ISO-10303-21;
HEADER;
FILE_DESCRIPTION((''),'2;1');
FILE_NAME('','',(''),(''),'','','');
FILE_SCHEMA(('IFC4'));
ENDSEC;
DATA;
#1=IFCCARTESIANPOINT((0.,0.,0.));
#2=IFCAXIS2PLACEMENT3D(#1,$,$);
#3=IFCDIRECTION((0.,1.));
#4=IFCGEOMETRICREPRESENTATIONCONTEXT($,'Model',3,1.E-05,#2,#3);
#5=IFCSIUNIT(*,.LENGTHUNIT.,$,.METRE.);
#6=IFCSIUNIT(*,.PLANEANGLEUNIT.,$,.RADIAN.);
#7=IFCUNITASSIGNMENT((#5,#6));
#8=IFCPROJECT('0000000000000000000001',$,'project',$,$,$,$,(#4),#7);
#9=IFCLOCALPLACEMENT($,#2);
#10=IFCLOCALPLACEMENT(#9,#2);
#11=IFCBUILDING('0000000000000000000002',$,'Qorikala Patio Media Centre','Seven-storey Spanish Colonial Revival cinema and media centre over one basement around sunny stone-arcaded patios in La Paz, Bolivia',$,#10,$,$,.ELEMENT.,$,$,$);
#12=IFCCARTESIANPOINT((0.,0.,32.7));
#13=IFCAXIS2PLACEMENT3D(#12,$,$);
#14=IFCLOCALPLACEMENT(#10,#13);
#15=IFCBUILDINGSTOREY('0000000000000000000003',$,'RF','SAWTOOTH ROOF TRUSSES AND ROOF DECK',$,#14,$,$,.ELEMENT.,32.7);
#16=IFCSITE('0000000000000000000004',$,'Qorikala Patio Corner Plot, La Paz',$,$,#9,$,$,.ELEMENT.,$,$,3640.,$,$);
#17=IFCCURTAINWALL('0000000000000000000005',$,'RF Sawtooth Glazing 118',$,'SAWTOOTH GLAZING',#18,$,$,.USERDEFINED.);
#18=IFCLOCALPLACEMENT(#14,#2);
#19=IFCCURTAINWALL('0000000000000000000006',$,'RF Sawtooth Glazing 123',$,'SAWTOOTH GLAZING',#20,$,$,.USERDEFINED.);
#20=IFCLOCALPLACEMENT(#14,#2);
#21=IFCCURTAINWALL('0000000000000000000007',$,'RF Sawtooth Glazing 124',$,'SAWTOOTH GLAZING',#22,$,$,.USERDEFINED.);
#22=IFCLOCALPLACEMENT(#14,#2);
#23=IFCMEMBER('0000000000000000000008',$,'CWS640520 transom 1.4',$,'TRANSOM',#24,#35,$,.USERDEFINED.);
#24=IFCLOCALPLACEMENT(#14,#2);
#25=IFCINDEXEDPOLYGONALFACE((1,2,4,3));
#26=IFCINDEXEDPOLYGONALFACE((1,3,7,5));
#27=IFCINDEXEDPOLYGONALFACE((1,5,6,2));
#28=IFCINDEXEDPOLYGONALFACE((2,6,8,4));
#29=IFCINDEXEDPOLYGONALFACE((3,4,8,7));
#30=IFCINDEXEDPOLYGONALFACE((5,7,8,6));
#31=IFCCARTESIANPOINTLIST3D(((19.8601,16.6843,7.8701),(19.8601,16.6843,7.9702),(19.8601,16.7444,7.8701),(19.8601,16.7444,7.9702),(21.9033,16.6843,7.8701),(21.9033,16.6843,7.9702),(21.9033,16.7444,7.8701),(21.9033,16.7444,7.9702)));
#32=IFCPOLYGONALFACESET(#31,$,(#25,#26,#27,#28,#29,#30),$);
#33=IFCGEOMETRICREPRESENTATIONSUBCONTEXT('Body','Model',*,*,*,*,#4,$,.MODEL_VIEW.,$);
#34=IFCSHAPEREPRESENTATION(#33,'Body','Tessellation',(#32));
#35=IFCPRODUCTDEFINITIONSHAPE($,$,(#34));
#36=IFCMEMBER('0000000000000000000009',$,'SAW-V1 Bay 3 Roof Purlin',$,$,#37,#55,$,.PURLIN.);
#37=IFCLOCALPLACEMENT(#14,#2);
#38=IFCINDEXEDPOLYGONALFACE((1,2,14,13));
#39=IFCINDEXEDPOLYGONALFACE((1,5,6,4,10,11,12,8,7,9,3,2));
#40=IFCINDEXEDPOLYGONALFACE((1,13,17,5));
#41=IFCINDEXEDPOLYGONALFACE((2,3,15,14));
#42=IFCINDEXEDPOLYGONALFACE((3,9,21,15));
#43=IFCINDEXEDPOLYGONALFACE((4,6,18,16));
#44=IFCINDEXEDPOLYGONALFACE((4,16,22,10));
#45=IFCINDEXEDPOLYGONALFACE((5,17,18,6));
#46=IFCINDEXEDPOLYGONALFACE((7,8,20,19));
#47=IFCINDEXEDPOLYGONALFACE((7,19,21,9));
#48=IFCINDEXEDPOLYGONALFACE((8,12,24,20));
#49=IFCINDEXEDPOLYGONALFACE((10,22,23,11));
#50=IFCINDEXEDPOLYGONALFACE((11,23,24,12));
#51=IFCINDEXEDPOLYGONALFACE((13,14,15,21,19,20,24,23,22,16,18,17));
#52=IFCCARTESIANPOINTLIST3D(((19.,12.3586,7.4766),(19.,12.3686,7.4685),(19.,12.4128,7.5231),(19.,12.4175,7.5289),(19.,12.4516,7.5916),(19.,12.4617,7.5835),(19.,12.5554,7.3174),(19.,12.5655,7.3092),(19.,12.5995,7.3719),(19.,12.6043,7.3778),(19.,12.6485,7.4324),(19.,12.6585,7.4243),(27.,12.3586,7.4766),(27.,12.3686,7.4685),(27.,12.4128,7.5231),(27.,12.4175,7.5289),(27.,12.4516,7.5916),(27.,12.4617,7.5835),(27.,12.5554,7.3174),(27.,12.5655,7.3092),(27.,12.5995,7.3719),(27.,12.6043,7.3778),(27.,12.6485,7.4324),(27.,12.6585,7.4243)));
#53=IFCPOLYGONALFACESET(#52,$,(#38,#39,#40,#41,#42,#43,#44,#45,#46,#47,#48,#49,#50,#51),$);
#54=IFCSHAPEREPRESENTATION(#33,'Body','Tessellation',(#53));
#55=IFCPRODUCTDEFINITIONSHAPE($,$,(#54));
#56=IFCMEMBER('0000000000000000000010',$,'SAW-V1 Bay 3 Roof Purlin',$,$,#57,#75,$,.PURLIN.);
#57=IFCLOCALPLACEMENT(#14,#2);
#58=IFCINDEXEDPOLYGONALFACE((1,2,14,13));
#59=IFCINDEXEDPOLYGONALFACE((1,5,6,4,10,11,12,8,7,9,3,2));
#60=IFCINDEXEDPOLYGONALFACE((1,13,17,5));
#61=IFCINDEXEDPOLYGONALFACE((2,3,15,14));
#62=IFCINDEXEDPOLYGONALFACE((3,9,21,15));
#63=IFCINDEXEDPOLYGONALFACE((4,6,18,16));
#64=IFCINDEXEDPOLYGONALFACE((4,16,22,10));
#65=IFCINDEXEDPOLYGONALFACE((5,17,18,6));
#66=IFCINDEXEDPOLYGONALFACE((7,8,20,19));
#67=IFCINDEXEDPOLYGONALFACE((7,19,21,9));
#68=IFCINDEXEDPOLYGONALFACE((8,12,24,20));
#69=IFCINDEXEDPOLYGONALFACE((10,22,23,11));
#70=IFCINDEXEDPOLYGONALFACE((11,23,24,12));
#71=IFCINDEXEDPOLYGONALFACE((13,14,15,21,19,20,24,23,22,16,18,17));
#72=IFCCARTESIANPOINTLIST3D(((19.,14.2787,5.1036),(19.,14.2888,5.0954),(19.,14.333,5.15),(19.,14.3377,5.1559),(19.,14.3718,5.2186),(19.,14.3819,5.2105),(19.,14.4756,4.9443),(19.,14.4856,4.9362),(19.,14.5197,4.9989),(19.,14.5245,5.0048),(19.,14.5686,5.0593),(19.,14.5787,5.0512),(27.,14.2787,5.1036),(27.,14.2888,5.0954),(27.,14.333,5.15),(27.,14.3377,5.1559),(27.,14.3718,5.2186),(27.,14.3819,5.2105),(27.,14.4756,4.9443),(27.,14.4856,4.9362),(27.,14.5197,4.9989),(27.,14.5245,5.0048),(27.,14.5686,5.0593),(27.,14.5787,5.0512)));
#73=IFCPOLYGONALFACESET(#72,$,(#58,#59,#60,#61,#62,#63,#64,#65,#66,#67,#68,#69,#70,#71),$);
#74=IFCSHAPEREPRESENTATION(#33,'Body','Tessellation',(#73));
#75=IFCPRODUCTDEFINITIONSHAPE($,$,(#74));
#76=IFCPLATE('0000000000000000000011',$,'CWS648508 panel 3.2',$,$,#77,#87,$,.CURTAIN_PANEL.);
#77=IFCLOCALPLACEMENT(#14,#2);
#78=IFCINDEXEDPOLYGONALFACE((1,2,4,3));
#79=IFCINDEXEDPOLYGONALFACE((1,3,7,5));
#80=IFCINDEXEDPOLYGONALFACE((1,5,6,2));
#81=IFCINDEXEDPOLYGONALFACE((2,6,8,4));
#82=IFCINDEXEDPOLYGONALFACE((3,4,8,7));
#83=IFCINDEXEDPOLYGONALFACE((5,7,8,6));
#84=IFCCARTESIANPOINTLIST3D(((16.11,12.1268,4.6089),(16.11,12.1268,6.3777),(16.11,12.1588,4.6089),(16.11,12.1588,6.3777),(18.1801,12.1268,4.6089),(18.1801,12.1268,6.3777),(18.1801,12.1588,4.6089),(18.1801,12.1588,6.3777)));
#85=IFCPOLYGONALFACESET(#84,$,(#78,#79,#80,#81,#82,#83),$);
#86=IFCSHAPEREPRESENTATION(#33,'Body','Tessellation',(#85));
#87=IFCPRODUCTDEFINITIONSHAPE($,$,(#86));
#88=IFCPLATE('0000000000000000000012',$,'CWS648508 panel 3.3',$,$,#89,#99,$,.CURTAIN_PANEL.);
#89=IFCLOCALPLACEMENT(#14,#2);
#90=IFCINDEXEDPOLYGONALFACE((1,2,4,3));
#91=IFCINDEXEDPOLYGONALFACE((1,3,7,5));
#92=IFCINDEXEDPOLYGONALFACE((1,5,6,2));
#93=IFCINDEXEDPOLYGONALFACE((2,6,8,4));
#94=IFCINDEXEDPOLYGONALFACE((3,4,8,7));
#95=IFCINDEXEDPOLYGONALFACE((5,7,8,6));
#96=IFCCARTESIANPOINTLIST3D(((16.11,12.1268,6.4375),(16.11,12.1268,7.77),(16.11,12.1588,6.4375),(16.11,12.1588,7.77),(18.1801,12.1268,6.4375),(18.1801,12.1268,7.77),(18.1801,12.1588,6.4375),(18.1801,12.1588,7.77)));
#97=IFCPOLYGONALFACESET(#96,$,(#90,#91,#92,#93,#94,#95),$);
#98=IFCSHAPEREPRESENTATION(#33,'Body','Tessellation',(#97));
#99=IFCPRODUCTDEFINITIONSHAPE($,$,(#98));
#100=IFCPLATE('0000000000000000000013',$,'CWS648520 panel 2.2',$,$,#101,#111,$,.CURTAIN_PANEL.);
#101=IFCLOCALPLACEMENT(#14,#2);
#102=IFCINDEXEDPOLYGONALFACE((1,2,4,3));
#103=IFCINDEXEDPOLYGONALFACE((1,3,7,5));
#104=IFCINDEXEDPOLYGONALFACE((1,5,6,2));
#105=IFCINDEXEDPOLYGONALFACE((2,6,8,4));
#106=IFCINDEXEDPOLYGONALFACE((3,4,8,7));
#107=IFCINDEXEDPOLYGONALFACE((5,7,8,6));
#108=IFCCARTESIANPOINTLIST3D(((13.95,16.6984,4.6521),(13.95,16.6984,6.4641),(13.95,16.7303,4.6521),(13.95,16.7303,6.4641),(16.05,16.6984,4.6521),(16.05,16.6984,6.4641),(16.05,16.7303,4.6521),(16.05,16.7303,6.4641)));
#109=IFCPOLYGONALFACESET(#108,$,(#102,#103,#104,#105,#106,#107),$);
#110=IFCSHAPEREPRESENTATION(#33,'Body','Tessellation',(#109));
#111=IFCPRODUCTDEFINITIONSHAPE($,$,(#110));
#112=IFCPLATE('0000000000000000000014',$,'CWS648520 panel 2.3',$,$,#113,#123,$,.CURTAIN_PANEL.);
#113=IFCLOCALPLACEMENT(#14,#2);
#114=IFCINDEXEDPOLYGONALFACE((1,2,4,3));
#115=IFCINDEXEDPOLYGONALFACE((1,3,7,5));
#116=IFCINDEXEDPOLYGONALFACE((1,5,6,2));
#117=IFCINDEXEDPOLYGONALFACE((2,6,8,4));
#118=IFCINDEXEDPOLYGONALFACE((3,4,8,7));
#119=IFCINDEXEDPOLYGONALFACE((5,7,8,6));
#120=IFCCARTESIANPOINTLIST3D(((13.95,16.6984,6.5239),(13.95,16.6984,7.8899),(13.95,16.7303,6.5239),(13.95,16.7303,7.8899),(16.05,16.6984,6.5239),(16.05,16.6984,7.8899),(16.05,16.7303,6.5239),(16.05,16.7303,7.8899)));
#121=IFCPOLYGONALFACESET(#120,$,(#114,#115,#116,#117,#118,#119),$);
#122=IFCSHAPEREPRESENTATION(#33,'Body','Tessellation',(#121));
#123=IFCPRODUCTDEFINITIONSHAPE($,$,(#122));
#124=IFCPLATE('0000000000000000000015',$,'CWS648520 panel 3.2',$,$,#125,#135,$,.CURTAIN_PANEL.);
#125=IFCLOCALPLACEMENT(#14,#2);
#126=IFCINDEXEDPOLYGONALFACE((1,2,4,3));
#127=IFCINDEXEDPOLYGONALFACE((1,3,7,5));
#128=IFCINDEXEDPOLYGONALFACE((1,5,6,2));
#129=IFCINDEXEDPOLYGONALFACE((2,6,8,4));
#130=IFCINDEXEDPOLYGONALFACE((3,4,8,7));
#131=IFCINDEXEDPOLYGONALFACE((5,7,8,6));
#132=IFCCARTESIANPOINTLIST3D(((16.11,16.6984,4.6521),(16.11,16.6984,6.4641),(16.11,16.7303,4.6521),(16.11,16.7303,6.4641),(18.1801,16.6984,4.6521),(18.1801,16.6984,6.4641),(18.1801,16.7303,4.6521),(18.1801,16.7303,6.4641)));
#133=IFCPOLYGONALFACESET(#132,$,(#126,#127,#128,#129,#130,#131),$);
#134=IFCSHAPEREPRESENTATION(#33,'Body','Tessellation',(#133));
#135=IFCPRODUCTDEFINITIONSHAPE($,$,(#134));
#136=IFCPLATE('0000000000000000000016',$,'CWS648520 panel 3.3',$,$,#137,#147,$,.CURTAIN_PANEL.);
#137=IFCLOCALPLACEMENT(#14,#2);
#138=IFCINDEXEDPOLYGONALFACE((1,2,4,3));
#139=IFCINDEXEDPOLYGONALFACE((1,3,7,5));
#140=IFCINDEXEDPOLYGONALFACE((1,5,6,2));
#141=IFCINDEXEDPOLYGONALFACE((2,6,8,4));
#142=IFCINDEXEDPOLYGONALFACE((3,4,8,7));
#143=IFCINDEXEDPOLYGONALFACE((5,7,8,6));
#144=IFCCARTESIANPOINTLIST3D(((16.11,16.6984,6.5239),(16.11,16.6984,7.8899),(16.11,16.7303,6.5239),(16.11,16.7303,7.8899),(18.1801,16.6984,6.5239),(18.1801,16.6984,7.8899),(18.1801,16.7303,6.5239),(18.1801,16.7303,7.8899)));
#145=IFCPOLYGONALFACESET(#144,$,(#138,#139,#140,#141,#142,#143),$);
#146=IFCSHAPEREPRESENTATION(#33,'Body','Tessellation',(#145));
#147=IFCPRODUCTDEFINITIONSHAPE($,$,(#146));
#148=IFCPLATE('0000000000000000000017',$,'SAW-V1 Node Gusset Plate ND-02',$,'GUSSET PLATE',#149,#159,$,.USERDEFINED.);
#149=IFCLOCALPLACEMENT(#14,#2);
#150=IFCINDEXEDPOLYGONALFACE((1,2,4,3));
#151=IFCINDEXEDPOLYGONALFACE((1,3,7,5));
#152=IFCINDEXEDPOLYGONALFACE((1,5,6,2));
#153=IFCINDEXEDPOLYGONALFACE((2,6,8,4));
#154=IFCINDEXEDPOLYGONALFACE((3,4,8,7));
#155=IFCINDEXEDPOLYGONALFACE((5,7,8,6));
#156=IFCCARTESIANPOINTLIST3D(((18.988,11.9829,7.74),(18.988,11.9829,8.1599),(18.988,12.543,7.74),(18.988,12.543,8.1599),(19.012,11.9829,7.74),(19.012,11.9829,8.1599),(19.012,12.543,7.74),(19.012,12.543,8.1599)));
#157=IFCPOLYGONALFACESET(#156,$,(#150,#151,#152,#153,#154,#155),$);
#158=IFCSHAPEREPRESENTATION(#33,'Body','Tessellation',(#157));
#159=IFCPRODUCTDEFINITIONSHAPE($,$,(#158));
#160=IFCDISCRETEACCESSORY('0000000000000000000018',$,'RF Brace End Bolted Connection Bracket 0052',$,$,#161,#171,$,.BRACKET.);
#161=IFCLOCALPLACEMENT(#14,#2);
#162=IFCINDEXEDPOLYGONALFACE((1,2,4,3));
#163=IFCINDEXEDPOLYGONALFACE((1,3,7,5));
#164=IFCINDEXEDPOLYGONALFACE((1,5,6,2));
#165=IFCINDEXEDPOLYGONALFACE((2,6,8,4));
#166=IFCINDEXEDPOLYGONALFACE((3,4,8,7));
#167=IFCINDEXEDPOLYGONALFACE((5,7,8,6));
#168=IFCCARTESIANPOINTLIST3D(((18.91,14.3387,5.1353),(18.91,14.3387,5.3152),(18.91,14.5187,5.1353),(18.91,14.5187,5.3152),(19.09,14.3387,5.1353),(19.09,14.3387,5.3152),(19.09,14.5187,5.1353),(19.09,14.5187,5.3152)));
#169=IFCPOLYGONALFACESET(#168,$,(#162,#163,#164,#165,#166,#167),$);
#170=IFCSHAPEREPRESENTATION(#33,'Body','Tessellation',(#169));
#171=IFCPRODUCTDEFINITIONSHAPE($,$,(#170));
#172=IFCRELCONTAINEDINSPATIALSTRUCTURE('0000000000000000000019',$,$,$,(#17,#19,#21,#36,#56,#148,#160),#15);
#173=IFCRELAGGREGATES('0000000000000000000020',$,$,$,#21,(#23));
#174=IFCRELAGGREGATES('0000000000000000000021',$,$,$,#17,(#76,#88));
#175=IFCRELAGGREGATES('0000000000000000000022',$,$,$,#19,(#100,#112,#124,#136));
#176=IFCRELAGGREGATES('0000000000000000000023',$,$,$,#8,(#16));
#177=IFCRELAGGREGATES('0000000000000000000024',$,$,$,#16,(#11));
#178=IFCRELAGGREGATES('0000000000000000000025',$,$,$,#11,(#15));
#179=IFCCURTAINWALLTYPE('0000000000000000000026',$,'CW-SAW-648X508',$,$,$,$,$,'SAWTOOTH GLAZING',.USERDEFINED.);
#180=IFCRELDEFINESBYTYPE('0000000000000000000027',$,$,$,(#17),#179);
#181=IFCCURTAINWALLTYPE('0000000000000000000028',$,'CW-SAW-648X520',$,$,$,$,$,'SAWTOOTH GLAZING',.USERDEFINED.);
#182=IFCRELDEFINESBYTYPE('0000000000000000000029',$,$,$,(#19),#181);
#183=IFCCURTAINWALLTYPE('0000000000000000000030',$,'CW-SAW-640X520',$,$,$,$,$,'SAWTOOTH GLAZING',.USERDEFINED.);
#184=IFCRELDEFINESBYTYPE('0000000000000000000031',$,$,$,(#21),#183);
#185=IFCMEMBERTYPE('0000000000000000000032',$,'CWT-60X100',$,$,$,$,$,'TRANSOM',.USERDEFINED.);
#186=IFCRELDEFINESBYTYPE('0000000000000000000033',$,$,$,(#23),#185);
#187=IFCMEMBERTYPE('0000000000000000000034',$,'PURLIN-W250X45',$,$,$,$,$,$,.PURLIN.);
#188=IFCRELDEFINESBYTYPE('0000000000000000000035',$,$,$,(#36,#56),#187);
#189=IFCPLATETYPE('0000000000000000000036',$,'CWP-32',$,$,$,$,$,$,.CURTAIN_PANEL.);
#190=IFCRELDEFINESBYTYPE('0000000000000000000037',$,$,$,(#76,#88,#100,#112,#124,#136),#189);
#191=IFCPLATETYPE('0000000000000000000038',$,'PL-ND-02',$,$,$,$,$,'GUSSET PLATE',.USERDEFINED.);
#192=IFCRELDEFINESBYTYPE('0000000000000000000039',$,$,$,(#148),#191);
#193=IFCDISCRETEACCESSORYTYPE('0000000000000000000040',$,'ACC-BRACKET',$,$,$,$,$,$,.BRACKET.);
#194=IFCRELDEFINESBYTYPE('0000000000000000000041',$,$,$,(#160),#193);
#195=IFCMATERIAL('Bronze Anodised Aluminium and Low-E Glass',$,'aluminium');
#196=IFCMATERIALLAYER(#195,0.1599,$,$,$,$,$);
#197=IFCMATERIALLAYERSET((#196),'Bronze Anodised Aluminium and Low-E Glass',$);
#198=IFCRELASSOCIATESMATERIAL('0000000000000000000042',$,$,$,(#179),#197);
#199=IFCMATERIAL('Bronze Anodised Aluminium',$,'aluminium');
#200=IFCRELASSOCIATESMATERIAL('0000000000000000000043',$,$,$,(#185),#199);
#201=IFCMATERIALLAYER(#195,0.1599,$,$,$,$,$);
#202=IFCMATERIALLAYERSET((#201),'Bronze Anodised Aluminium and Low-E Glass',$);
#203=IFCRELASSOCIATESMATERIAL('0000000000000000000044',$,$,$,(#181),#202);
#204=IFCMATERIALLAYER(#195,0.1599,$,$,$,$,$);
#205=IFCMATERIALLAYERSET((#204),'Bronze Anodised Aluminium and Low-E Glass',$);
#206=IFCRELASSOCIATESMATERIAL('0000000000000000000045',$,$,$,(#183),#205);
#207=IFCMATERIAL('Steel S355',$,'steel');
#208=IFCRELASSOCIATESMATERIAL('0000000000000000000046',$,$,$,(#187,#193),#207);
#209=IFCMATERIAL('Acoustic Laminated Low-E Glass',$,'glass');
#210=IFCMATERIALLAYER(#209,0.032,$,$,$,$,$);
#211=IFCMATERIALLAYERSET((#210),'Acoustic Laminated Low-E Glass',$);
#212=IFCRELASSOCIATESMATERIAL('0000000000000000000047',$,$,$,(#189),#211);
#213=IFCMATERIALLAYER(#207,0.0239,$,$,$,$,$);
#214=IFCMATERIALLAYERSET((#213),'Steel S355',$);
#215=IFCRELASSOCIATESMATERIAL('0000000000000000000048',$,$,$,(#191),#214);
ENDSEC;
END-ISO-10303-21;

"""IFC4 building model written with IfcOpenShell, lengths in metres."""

from ifc_helpers import new_model, si_unit, direction, frame, origin, origin_2d, place, context, subcontext, project, spatial, rectangle, i_section, extrude, material, layer, layer_set, material_profile, profile_set, type_object, element, aggregate, save


model = new_model("IFC4")

# Units and contexts
model_context = context("Model", 3, precision=1e-05, world=origin(), true_north=direction((0.0, 1.0)))
body_context = subcontext(model_context, "Body", "Model", "MODEL_VIEW")
ifc_project = project(units=[si_unit("LENGTHUNIT", "METRE"), si_unit("PLANEANGLEUNIT", "RADIAN")], contexts=[model_context])

# Site, building, storey
site_placement = place(None, origin())
site = spatial("IfcSite", under=ifc_project, at=site_placement, Name="Qorikala Patio Corner Plot, La Paz", CompositionType="ELEMENT", RefElevation=3640.0)
building_placement = place(site_placement, origin())
building = spatial("IfcBuilding", under=site, at=building_placement, Name="Qorikala Patio Media Centre", Description="Seven-storey Spanish Colonial Revival cinema and media centre over one basement around sunny stone-arcaded patios in La Paz, Bolivia", CompositionType="ELEMENT")
storey_placement = place(building_placement, frame((0.0, 0.0, 32.7)))
storey = spatial("IfcBuildingStorey", under=building, at=storey_placement, Name="RF", Description="SAWTOOTH ROOF TRUSSES AND ROOF DECK", CompositionType="ELEMENT", Elevation=32.7)

# Shared definitions
ifc_material_1 = material(Name="Steel S355", Category="steel")

# Curtain walls, member
ifc_material_2 = material(Name="Bronze Anodised Aluminium and Low-E Glass", Category="aluminium")
ifc_layer_1 = layer(ifc_material_2, 0.1599)
ifc_layer_set_1 = layer_set([ifc_layer_1], Name="Bronze Anodised Aluminium and Low-E Glass")
curtain_wall_type_1 = type_object("IfcCurtainWallType", Name="CW-SAW-648X508", ElementType="SAWTOOTH GLAZING", PredefinedType="USERDEFINED", material=ifc_layer_set_1)
curtain_wall_1_placement = place(storey_placement, origin())
curtain_wall_1 = element("IfcCurtainWall", 1, at=curtain_wall_1_placement, inside=storey, type_object=curtain_wall_type_1, Name="RF Sawtooth Glazing 118", ObjectType="SAWTOOTH GLAZING", PredefinedType="USERDEFINED")
ifc_material_3 = material(Name="Bronze Anodised Aluminium", Category="aluminium")
ifc_material_profile_1 = material_profile(ifc_material_3, rectangle(XDim=0.0601, YDim=0.1001, at=origin_2d()), Name="ALU TRANSOM 60x100")
ifc_profile_set_1 = profile_set([ifc_material_profile_1], Name="Bronze Anodised Aluminium")
member_type_1 = type_object("IfcMemberType", Name="CWT-60X100", ElementType="TRANSOM", PredefinedType="USERDEFINED", material=ifc_profile_set_1)
ifc_layer_2 = layer(ifc_material_2, 0.1599)
ifc_layer_set_2 = layer_set([ifc_layer_2], Name="Bronze Anodised Aluminium and Low-E Glass")
curtain_wall_type_2 = type_object("IfcCurtainWallType", Name="CW-SAW-648X520", ElementType="SAWTOOTH GLAZING", PredefinedType="USERDEFINED", material=ifc_layer_set_2)
curtain_wall_2_placement = place(storey_placement, origin())
curtain_wall_2 = element("IfcCurtainWall", 2, at=curtain_wall_2_placement, inside=storey, type_object=curtain_wall_type_2, Name="RF Sawtooth Glazing 123", ObjectType="SAWTOOTH GLAZING", PredefinedType="USERDEFINED")
ifc_layer_3 = layer(ifc_material_2, 0.1599)
ifc_layer_set_3 = layer_set([ifc_layer_3], Name="Bronze Anodised Aluminium and Low-E Glass")
curtain_wall_type_3 = type_object("IfcCurtainWallType", Name="CW-SAW-640X520", ElementType="SAWTOOTH GLAZING", PredefinedType="USERDEFINED", material=ifc_layer_set_3)
curtain_wall_3_placement = place(storey_placement, origin())
curtain_wall_3 = element("IfcCurtainWall", 3, at=curtain_wall_3_placement, inside=storey, type_object=curtain_wall_type_3, Name="RF Sawtooth Glazing 124", ObjectType="SAWTOOTH GLAZING", PredefinedType="USERDEFINED")
member_1_placement = place(storey_placement, frame((19.8601, 16.7144, 7.9202), z_axis=(1.0, 0.0, 0.0), x_axis=(0.0, 1.0, 0.0)))
member_1 = element("IfcMember", 4, at=member_1_placement, type_object=member_type_1, Name="CWS640520 transom 1.4", ObjectType="TRANSOM", PredefinedType="USERDEFINED", context=body_context, shape_type="SweptSolid", body=[
    extrude(rectangle(XDim=0.0601, YDim=0.1001, at=origin_2d()), origin(), (0.0, 0.0, 1.0), 2.0432),
])
aggregate(curtain_wall_3, [member_1])

# Members
ifc_material_profile_2 = material_profile(ifc_material_1, i_section(OverallWidth=0.1479, OverallDepth=0.2661, WebThickness=0.0076, FlangeThickness=0.0129, at=origin_2d()), Name="W250X45")
ifc_profile_set_2 = profile_set([ifc_material_profile_2], Name="Steel S355")
member_type_2 = type_object("IfcMemberType", Name="PURLIN-W250X45", PredefinedType="PURLIN", material=ifc_profile_set_2)
for number, where, z_axis, x_axis, name in (
    (5, (19.0, 12.5085, 7.4504), (1.0, 0.0, 0.0), (0.0, 0.628995, 0.77741), "SAW-V1 Bay 3 Roof Purlin"),
    (6, (19.0, 14.4287, 5.0774), (1.0, 0.0, 0.0), (0.0, 0.628995, 0.77741), "SAW-V1 Bay 3 Roof Purlin"),
):
    element("IfcMember", number, at=place(storey_placement, frame(where, z_axis=z_axis, x_axis=x_axis)), inside=storey, type_object=member_type_2, Name=name, PredefinedType="PURLIN", context=body_context, shape_type="SweptSolid", body=[
        extrude(i_section(OverallWidth=0.1479, OverallDepth=0.2661, WebThickness=0.0076, FlangeThickness=0.0129, at=origin_2d()), origin(), (0.0, 0.0, 1.0), 8.0),
    ])

# Plates
ifc_material_4 = material(Name="Acoustic Laminated Low-E Glass", Category="glass")
ifc_layer_4 = layer(ifc_material_4, 0.032)
ifc_layer_set_4 = layer_set([ifc_layer_4], Name="Acoustic Laminated Low-E Glass")
plate_type_1 = type_object("IfcPlateType", Name="CWP-32", PredefinedType="CURTAIN_PANEL", material=ifc_layer_set_4)
plate_1_placement = place(storey_placement, frame((17.145, 12.1428, 4.6089), z_axis=(0.0, 0.0, 1.0), x_axis=(1.0, 0.0, 0.0)))
plate_1 = element("IfcPlate", 7, at=plate_1_placement, type_object=plate_type_1, Name="CWS648508 panel 3.2", PredefinedType="CURTAIN_PANEL", context=body_context, shape_type="SweptSolid", body=[
    extrude(rectangle(XDim=2.0701, YDim=0.032, at=origin_2d()), origin(), (0.0, 0.0, 1.0), 1.7688),
])
plate_2_placement = place(storey_placement, frame((17.145, 12.1428, 6.4375), z_axis=(0.0, 0.0, 1.0), x_axis=(1.0, 0.0, 0.0)))
plate_2 = element("IfcPlate", 8, at=plate_2_placement, type_object=plate_type_1, Name="CWS648508 panel 3.3", PredefinedType="CURTAIN_PANEL", context=body_context, shape_type="SweptSolid", body=[
    extrude(rectangle(XDim=2.0701, YDim=0.032, at=origin_2d()), origin(), (0.0, 0.0, 1.0), 1.3325),
])
aggregate(curtain_wall_1, [plate_1, plate_2])
plate_3_placement = place(storey_placement, frame((15.0, 16.7144, 4.6521), z_axis=(0.0, 0.0, 1.0), x_axis=(1.0, 0.0, 0.0)))
plate_3 = element("IfcPlate", 9, at=plate_3_placement, type_object=plate_type_1, Name="CWS648520 panel 2.2", PredefinedType="CURTAIN_PANEL", context=body_context, shape_type="SweptSolid", body=[
    extrude(rectangle(XDim=2.1001, YDim=0.032, at=origin_2d()), origin(), (0.0, 0.0, 1.0), 1.812),
])
plate_4_placement = place(storey_placement, frame((15.0, 16.7144, 6.5239), z_axis=(0.0, 0.0, 1.0), x_axis=(1.0, 0.0, 0.0)))
plate_4 = element("IfcPlate", 10, at=plate_4_placement, type_object=plate_type_1, Name="CWS648520 panel 2.3", PredefinedType="CURTAIN_PANEL", context=body_context, shape_type="SweptSolid", body=[
    extrude(rectangle(XDim=2.1001, YDim=0.032, at=origin_2d()), origin(), (0.0, 0.0, 1.0), 1.366),
])
plate_5_placement = place(storey_placement, frame((17.145, 16.7144, 4.6521), z_axis=(0.0, 0.0, 1.0), x_axis=(1.0, 0.0, 0.0)))
plate_5 = element("IfcPlate", 11, at=plate_5_placement, type_object=plate_type_1, Name="CWS648520 panel 3.2", PredefinedType="CURTAIN_PANEL", context=body_context, shape_type="SweptSolid", body=[
    extrude(rectangle(XDim=2.0701, YDim=0.032, at=origin_2d()), origin(), (0.0, 0.0, 1.0), 1.812),
])
plate_6_placement = place(storey_placement, frame((17.145, 16.7144, 6.5239), z_axis=(0.0, 0.0, 1.0), x_axis=(1.0, 0.0, 0.0)))
plate_6 = element("IfcPlate", 12, at=plate_6_placement, type_object=plate_type_1, Name="CWS648520 panel 3.3", PredefinedType="CURTAIN_PANEL", context=body_context, shape_type="SweptSolid", body=[
    extrude(rectangle(XDim=2.0701, YDim=0.032, at=origin_2d()), origin(), (0.0, 0.0, 1.0), 1.366),
])
aggregate(curtain_wall_2, [plate_3, plate_4, plate_5, plate_6])
ifc_layer_5 = layer(ifc_material_1, 0.0239)
ifc_layer_set_5 = layer_set([ifc_layer_5], Name="Steel S355")
plate_type_2 = type_object("IfcPlateType", Name="PL-ND-02", ElementType="GUSSET PLATE", PredefinedType="USERDEFINED", material=ifc_layer_set_5)
plate_7_placement = place(storey_placement, frame((19.0, 12.2629, 7.74), z_axis=(0.0, 0.0, 1.0), x_axis=(1.0, 0.0, 0.0)))
element("IfcPlate", 13, at=plate_7_placement, inside=storey, type_object=plate_type_2, Name="SAW-V1 Node Gusset Plate ND-02", ObjectType="GUSSET PLATE", PredefinedType="USERDEFINED", context=body_context, shape_type="SweptSolid", body=[
    extrude(rectangle(XDim=0.0239, YDim=0.5601, at=origin_2d()), origin(), (0.0, 0.0, 1.0), 0.4199),
])

# Discrete accessory
discrete_accessory_type = type_object("IfcDiscreteAccessoryType", Name="ACC-BRACKET", PredefinedType="BRACKET", material=ifc_material_1)
discrete_accessory_placement = place(storey_placement, frame((19.0, 14.4287, 5.1353), z_axis=(0.0, 0.0, 1.0), x_axis=(1.0, 0.0, 0.0)))
element("IfcDiscreteAccessory", 14, at=discrete_accessory_placement, inside=storey, type_object=discrete_accessory_type, Name="RF Brace End Bolted Connection Bracket 0052", PredefinedType="BRACKET", context=body_context, shape_type="SweptSolid", body=[
    extrude(rectangle(XDim=0.1799, YDim=0.1799, at=origin_2d()), origin(), (0.0, 0.0, 1.0), 0.1799),
])

save(model, "model.ifc")
